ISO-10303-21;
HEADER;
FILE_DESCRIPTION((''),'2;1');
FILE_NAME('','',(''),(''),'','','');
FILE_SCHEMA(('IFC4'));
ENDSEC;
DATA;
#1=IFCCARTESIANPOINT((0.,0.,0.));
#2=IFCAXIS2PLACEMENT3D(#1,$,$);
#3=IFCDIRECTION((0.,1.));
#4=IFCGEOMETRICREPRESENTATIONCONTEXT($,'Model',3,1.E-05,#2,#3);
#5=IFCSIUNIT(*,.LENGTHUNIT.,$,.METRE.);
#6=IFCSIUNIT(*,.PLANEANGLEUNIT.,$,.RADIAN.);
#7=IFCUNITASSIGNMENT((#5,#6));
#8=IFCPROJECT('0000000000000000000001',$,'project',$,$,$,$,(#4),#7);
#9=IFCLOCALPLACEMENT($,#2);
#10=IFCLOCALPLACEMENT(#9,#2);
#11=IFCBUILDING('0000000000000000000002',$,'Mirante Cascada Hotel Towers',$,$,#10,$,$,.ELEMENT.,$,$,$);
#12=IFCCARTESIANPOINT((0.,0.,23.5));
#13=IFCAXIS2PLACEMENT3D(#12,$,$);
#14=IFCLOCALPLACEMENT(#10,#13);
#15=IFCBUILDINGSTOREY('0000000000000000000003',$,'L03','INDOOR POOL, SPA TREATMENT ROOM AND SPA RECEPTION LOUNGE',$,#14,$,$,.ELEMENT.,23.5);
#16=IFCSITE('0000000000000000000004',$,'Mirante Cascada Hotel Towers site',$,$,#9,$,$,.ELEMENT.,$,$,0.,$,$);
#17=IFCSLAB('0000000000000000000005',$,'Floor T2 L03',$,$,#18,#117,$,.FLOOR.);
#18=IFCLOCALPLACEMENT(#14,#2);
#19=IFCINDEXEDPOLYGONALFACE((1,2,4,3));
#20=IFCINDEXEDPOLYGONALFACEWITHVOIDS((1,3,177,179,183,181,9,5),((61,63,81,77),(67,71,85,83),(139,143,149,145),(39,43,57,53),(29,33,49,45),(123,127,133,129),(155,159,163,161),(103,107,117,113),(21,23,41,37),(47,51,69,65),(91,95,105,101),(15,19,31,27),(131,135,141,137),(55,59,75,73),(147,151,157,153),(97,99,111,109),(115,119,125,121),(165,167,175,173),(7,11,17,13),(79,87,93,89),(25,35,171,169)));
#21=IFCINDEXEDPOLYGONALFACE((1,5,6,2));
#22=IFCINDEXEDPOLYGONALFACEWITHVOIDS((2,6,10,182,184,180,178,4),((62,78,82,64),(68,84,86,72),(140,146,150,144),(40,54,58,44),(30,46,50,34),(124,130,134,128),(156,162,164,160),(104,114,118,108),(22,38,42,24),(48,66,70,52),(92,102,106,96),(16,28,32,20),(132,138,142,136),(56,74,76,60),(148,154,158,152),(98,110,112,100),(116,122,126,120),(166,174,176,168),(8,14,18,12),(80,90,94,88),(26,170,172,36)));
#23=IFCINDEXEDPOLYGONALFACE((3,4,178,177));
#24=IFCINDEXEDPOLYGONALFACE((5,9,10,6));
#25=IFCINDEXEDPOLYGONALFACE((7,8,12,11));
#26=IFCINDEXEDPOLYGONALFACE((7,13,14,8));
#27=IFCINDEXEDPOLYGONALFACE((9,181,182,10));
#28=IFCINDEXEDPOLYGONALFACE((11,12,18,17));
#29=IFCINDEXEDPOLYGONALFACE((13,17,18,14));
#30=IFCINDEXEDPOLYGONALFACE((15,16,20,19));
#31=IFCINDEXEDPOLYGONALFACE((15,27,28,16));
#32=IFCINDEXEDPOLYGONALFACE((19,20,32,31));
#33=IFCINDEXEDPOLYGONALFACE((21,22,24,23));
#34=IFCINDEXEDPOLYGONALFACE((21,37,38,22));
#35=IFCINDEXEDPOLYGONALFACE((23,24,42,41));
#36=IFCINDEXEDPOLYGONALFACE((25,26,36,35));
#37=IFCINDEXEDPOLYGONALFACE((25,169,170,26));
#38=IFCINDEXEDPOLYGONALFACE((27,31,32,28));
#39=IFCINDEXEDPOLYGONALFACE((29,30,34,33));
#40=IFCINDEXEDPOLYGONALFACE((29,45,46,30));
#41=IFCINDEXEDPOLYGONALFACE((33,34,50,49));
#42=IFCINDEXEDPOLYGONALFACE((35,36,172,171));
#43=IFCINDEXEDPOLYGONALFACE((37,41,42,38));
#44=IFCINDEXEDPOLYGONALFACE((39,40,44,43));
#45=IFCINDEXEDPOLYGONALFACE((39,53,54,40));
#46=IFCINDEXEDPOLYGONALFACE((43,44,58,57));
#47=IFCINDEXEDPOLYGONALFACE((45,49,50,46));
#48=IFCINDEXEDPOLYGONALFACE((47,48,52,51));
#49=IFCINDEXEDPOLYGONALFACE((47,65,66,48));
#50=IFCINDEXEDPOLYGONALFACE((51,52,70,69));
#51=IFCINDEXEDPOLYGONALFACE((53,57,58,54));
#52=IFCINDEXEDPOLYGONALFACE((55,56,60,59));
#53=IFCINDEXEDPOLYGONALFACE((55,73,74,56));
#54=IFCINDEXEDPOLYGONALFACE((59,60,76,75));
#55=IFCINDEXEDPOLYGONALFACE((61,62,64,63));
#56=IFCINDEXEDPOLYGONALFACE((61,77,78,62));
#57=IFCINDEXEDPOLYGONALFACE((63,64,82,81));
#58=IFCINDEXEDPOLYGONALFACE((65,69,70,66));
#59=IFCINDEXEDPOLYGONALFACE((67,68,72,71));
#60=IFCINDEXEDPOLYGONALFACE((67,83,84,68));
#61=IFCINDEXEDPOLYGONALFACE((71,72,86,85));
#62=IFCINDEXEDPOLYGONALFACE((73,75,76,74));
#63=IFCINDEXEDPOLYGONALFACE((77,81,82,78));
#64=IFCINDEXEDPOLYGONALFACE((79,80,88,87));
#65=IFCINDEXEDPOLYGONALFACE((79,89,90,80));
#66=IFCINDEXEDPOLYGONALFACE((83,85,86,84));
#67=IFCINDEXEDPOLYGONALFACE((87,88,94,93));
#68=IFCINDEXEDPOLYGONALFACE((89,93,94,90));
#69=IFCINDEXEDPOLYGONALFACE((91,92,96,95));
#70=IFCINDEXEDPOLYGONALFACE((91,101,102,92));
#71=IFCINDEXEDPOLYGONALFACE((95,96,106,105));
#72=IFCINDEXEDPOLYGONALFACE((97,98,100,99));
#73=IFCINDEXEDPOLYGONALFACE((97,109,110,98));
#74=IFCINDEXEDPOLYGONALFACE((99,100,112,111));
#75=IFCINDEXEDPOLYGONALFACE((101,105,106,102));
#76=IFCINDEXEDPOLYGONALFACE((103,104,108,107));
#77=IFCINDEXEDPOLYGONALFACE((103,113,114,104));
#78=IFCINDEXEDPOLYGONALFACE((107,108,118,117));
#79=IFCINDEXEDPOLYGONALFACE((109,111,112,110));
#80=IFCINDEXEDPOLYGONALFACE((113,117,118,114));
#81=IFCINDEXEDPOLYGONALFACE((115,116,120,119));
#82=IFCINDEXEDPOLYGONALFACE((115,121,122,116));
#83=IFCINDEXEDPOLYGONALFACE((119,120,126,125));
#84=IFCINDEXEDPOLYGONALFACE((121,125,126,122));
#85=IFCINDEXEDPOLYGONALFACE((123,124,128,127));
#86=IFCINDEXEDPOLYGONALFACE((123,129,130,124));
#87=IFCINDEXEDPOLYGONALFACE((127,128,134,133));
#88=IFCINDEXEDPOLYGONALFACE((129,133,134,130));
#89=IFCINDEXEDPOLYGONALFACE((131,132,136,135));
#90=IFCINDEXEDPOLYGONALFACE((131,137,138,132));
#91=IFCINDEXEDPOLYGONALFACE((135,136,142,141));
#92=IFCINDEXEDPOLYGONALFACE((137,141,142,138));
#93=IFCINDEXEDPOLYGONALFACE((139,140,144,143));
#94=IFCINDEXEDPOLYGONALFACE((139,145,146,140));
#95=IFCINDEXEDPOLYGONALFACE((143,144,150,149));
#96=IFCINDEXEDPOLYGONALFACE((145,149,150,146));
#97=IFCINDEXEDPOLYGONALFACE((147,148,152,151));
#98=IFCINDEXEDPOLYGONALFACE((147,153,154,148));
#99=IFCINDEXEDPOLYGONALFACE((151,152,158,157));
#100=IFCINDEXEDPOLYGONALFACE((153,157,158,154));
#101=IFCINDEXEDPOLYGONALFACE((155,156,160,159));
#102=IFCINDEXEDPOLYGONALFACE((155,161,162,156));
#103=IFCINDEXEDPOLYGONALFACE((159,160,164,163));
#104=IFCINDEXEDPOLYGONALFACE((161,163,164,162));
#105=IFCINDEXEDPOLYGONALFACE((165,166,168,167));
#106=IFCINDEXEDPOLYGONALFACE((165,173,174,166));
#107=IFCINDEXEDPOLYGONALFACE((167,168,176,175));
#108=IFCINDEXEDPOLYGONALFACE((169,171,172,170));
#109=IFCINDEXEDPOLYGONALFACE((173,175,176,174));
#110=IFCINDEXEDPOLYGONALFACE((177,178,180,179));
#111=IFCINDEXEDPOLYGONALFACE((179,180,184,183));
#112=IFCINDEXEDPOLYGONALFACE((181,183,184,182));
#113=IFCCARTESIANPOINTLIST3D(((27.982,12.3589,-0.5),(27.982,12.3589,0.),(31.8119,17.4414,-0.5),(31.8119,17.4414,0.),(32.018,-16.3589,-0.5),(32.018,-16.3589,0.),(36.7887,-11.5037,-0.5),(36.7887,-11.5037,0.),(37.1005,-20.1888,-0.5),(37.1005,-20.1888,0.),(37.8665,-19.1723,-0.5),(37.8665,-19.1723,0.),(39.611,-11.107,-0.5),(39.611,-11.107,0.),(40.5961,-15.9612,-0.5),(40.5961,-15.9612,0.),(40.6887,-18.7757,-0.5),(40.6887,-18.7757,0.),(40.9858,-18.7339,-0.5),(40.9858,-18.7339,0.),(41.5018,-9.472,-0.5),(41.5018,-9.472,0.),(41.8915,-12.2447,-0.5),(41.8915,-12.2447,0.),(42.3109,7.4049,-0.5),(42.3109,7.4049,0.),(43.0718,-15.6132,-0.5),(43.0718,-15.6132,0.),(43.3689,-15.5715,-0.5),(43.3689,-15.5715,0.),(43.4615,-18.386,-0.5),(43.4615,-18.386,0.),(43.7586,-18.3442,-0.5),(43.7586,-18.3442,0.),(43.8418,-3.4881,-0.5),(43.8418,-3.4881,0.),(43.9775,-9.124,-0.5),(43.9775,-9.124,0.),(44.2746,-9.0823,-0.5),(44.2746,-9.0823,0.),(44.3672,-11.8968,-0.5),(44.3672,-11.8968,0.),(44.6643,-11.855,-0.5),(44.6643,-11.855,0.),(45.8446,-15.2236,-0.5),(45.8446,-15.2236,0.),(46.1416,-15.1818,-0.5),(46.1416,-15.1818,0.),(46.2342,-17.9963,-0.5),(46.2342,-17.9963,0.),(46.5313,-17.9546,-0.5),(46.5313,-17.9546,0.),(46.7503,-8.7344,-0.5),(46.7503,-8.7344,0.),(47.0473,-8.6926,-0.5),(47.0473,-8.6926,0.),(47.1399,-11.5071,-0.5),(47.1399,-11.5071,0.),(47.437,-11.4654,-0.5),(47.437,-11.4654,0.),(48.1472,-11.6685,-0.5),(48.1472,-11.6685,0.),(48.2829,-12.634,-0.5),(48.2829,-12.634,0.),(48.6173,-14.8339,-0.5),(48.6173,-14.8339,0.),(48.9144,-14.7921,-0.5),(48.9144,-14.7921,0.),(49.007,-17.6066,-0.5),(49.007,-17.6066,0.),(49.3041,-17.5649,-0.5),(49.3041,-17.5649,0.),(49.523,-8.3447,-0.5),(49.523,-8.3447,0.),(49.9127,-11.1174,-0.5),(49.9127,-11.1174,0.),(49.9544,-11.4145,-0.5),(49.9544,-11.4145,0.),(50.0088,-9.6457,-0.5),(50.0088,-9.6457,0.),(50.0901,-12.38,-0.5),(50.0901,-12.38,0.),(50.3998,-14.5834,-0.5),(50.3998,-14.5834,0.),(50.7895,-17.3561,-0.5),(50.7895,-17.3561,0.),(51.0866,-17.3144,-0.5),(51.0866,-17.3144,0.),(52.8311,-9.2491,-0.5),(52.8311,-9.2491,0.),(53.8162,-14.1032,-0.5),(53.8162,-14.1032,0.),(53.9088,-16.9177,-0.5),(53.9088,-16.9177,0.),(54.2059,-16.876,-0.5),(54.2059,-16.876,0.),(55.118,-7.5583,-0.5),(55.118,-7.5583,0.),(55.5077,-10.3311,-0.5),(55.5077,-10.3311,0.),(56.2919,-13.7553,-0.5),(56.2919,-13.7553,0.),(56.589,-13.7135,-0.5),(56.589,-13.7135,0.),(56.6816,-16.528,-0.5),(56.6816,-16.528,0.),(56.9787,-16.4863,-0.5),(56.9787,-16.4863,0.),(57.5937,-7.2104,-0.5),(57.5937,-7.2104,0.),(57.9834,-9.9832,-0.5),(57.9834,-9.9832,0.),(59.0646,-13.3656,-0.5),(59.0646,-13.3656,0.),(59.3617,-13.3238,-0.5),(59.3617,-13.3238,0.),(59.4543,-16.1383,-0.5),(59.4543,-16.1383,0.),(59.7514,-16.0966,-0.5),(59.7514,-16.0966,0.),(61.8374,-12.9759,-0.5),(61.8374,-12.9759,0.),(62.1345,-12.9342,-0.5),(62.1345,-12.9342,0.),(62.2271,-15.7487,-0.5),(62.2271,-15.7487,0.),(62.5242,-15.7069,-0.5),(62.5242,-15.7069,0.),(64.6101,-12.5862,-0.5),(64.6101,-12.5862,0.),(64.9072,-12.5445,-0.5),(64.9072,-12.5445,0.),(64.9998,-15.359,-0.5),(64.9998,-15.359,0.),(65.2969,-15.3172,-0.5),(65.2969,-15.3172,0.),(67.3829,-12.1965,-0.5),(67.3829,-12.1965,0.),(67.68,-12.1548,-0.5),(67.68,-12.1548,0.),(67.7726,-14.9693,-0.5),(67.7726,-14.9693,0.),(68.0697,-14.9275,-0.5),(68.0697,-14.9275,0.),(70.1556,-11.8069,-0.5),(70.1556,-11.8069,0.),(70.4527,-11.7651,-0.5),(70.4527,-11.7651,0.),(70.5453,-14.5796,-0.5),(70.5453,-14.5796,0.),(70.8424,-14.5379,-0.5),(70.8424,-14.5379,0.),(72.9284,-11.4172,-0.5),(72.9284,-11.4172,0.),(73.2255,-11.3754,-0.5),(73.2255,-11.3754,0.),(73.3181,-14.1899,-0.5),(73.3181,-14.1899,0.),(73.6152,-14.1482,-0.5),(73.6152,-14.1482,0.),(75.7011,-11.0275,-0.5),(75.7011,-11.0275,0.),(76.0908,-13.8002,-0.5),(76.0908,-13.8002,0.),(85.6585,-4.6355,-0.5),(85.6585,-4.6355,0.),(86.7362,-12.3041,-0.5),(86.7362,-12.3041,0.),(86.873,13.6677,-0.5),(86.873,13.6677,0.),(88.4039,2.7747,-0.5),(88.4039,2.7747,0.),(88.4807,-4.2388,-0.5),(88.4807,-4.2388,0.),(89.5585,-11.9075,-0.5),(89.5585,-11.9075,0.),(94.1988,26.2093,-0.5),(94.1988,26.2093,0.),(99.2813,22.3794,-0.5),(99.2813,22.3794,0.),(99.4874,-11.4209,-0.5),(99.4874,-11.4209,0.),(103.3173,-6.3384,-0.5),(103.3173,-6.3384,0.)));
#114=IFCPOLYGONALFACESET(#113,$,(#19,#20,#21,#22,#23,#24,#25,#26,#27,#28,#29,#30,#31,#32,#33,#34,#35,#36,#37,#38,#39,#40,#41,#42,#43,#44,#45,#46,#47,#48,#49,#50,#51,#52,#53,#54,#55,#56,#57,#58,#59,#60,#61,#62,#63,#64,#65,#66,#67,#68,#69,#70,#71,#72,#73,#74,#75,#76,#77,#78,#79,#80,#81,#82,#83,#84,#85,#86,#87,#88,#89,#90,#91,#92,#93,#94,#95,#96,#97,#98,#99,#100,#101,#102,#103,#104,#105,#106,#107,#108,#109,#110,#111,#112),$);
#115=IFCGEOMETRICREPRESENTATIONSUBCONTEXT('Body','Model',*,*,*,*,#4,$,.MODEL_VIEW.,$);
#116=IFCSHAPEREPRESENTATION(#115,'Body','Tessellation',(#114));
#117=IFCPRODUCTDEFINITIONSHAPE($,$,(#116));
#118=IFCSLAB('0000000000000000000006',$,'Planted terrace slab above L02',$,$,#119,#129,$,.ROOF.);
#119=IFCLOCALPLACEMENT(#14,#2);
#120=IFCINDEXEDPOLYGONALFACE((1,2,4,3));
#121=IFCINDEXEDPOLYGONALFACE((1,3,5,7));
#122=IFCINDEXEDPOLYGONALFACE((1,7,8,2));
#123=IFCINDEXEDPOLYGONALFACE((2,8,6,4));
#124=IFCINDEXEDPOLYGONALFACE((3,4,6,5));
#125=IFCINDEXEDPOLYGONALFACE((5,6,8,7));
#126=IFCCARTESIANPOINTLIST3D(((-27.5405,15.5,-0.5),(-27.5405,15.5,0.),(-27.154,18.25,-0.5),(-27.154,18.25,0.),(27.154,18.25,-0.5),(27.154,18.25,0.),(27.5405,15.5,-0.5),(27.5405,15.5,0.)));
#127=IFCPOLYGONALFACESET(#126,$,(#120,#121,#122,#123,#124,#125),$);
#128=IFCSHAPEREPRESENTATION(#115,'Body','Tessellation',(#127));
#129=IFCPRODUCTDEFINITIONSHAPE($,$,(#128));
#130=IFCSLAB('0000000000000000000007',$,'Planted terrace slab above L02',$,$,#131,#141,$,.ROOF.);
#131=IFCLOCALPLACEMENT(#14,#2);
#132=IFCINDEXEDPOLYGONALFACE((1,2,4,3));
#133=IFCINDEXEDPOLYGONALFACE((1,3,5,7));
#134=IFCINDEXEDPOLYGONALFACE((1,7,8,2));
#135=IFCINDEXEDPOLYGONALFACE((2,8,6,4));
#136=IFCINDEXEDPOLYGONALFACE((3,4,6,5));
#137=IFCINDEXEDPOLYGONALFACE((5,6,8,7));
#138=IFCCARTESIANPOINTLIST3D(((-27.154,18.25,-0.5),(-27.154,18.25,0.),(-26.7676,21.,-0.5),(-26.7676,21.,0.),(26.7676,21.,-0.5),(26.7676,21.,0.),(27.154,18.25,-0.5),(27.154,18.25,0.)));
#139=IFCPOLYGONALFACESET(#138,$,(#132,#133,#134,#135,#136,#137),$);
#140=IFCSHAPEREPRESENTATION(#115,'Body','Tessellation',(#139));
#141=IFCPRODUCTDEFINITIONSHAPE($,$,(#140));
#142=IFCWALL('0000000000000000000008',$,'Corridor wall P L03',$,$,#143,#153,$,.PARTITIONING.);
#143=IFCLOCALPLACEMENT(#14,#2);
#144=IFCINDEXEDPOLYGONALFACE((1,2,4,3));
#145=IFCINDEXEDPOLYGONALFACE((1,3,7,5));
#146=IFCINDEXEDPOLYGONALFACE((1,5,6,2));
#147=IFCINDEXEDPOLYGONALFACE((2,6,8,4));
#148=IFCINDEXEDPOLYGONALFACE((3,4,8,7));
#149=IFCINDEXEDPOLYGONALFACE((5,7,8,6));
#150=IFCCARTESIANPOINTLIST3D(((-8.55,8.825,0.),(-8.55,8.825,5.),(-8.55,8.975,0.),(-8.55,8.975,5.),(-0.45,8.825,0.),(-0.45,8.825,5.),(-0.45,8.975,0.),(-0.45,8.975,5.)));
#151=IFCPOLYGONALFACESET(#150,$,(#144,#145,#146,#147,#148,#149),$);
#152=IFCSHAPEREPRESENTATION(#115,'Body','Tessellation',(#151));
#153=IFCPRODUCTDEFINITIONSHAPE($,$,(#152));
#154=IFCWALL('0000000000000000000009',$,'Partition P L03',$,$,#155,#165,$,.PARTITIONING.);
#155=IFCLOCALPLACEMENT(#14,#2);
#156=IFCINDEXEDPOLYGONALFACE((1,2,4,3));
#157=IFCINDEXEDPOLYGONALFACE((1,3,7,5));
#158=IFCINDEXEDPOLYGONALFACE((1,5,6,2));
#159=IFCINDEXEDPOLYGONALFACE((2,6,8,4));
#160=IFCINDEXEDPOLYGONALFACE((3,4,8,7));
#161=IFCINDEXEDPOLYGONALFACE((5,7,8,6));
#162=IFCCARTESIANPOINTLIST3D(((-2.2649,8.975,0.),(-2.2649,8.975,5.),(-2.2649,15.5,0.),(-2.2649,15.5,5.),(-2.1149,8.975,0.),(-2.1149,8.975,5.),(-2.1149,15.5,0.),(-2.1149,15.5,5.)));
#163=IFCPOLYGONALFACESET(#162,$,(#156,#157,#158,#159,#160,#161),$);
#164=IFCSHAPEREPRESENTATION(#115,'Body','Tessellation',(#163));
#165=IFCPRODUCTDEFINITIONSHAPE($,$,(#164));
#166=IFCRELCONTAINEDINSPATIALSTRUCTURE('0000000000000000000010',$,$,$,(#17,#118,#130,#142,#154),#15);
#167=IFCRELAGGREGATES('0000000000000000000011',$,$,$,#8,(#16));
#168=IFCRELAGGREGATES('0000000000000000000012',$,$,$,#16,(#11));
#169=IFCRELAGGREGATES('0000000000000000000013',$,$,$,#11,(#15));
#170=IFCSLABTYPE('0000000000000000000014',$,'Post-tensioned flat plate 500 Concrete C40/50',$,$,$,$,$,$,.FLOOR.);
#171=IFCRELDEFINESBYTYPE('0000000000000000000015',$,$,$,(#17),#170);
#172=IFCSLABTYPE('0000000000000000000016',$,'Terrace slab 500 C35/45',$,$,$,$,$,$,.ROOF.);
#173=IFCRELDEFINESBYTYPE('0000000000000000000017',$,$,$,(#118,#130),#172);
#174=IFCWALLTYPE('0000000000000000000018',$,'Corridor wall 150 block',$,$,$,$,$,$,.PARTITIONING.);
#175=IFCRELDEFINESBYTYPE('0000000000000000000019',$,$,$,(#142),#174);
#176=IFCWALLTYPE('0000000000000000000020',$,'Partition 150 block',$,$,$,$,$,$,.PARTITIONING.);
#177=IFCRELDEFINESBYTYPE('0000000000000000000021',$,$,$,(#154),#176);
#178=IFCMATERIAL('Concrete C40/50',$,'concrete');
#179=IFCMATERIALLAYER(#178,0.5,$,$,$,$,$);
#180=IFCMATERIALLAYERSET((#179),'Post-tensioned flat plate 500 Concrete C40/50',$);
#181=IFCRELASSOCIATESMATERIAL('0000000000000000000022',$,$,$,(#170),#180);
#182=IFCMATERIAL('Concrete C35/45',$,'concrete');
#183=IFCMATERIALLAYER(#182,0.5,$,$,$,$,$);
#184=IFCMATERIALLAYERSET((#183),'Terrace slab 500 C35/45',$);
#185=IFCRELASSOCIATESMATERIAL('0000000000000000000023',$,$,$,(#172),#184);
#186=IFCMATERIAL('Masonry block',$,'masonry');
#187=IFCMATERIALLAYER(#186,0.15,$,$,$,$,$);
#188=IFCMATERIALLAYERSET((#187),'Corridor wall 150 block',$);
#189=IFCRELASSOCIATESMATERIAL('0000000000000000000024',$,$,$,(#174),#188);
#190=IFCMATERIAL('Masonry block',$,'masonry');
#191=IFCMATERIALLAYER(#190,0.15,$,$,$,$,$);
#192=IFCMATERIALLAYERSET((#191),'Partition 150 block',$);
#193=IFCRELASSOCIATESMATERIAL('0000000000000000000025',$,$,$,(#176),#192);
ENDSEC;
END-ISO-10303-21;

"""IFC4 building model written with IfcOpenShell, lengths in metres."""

from ifc_helpers import new_model, si_unit, direction, frame, frame_2d, origin, place, context, subcontext, project, spatial, polyline, rectangle, outline, extrude, material, layer, layer_set, type_object, element, save


model = new_model("IFC4")

# Units and contexts
model_context = context("Model", 3, precision=1e-05, world=origin(), true_north=direction((0.0, 1.0)))
body_context = subcontext(model_context, "Body", "Model", "MODEL_VIEW")
ifc_project = project(units=[si_unit("LENGTHUNIT", "METRE"), si_unit("PLANEANGLEUNIT", "RADIAN")], contexts=[model_context])

# Site, building, storey
site_placement = place(None, origin())
site = spatial("IfcSite", under=ifc_project, at=site_placement, Name="Mirante Cascada Hotel Towers site", CompositionType="ELEMENT", RefElevation=0.0)
building_placement = place(site_placement, origin())
building = spatial("IfcBuilding", under=site, at=building_placement, Name="Mirante Cascada Hotel Towers", CompositionType="ELEMENT")
storey_placement = place(building_placement, frame((0.0, 0.0, 23.5)))
storey = spatial("IfcBuildingStorey", under=building, at=storey_placement, Name="L03", Description="INDOOR POOL, SPA TREATMENT ROOM AND SPA RECEPTION LOUNGE", CompositionType="ELEMENT", Elevation=23.5)

# Slabs
ifc_material_1 = material(Name="Concrete C40/50", Category="concrete")
ifc_layer_1 = layer(ifc_material_1, 0.5)
ifc_layer_set_1 = layer_set([ifc_layer_1], Name="Post-tensioned flat plate 500 Concrete C40/50")
slab_type_1 = type_object("IfcSlabType", Name="Post-tensioned flat plate 500 Concrete C40/50", PredefinedType="FLOOR", material=ifc_layer_set_1)
slab_1_placement = place(storey_placement, frame((0.0, 0.0, -0.5)))
element("IfcSlab", 1, at=slab_1_placement, inside=storey, type_object=slab_type_1, Name="Floor T2 L03", PredefinedType="FLOOR", context=body_context, shape_type="SweptSolid", body=[
    extrude(outline(polyline([(32.018, -16.3589), (27.982, 12.3589), (31.8119, 17.4414), (94.1988, 26.2093), (99.2813, 22.3794), (103.3173, -6.3384), (99.4874, -11.4209), (37.1005, -20.1888), (32.018, -16.3589)]), holes=[polyline([(43.0718, -15.6132), (40.5961, -15.9612), (40.9858, -18.7339), (43.4615, -18.386), (43.0718, -15.6132)]), polyline([(45.8446, -15.2236), (43.3689, -15.5715), (43.7586, -18.3442), (46.2342, -17.9963), (45.8446, -15.2236)]), polyline([(48.6173, -14.8339), (46.1416, -15.1818), (46.5313, -17.9546), (49.007, -17.6066), (48.6173, -14.8339)]), polyline([(50.7895, -17.3561), (50.3998, -14.5834), (48.9144, -14.7921), (49.3041, -17.5649), (50.7895, -17.3561)]), polyline([(56.6816, -16.528), (56.2919, -13.7553), (53.8162, -14.1032), (54.2059, -16.876), (56.6816, -16.528)]), polyline([(37.8665, -19.1723), (40.6887, -18.7757), (39.611, -11.107), (36.7887, -11.5037), (37.8665, -19.1723)]), polyline([(51.0866, -17.3144), (53.9088, -16.9177), (52.8311, -9.2491), (50.0088, -9.6457), (51.0866, -17.3144)]), polyline([(49.9544, -11.4145), (48.1472, -11.6685), (48.2829, -12.634), (50.0901, -12.38), (49.9544, -11.4145)]), polyline([(44.3672, -11.8968), (43.9775, -9.124), (41.5018, -9.472), (41.8915, -12.2447), (44.3672, -11.8968)]), polyline([(47.1399, -11.5071), (46.7503, -8.7344), (44.2746, -9.0823), (44.6643, -11.855), (47.1399, -11.5071)]), polyline([(49.523, -8.3447), (47.0473, -8.6926), (47.437, -11.4654), (49.9127, -11.1174), (49.523, -8.3447)]), polyline([(59.0646, -13.3656), (56.589, -13.7135), (56.9787, -16.4863), (59.4543, -16.1383), (59.0646, -13.3656)]), polyline([(61.8374, -12.9759), (59.3617, -13.3238), (59.7514, -16.0966), (62.2271, -15.7487), (61.8374, -12.9759)]), polyline([(64.9998, -15.359), (64.6101, -12.5862), (62.1345, -12.9342), (62.5242, -15.7069), (64.9998, -15.359)]), polyline([(67.7726, -14.9693), (67.3829, -12.1965), (64.9072, -12.5445), (65.2969, -15.3172), (67.7726, -14.9693)]), polyline([(70.1556, -11.8069), (67.68, -12.1548), (68.0697, -14.9275), (70.5453, -14.5796), (70.1556, -11.8069)]), polyline([(73.3181, -14.1899), (72.9284, -11.4172), (70.4527, -11.7651), (70.8424, -14.5379), (73.3181, -14.1899)]), polyline([(76.0908, -13.8002), (75.7011, -11.0275), (73.2255, -11.3754), (73.6152, -14.1482), (76.0908, -13.8002)]), polyline([(86.7362, -12.3041), (89.5585, -11.9075), (88.4807, -4.2388), (85.6585, -4.6355), (86.7362, -12.3041)]), polyline([(57.9834, -9.9832), (57.5937, -7.2104), (55.118, -7.5583), (55.5077, -10.3311), (57.9834, -9.9832)]), polyline([(88.4039, 2.7747), (86.873, 13.6677), (42.3109, 7.4049), (43.8418, -3.4881), (88.4039, 2.7747)])]), origin(), (0.0, 0.0, 1.0), 0.5),
])
ifc_material_2 = material(Name="Concrete C35/45", Category="concrete")
ifc_layer_2 = layer(ifc_material_2, 0.5)
ifc_layer_set_2 = layer_set([ifc_layer_2], Name="Terrace slab 500 C35/45")
slab_type_2 = type_object("IfcSlabType", Name="Terrace slab 500 C35/45", PredefinedType="ROOF", material=ifc_layer_set_2)
slab_2_placement = place(storey_placement, frame((0.0, 0.0, -0.5)))
element("IfcSlab", 2, at=slab_2_placement, inside=storey, type_object=slab_type_2, Name="Planted terrace slab above L02", PredefinedType="ROOF", context=body_context, shape_type="SweptSolid", body=[
    extrude(outline(polyline([(27.5405, 15.5), (-27.5405, 15.5), (-27.154, 18.25), (27.154, 18.25), (27.5405, 15.5)])), origin(), (0.0, 0.0, 1.0), 0.5),
])
slab_3_placement = place(storey_placement, frame((0.0, 0.0, -0.5)))
element("IfcSlab", 3, at=slab_3_placement, inside=storey, type_object=slab_type_2, Name="Planted terrace slab above L02", PredefinedType="ROOF", context=body_context, shape_type="SweptSolid", body=[
    extrude(outline(polyline([(26.7676, 21.0), (27.154, 18.25), (-27.154, 18.25), (-26.7676, 21.0), (26.7676, 21.0)])), origin(), (0.0, 0.0, 1.0), 0.5),
])

# Walls
ifc_material_3 = material(Name="Masonry block", Category="masonry")
ifc_layer_3 = layer(ifc_material_3, 0.15)
ifc_layer_set_3 = layer_set([ifc_layer_3], Name="Corridor wall 150 block")
wall_type_1 = type_object("IfcWallType", Name="Corridor wall 150 block", PredefinedType="PARTITIONING", material=ifc_layer_set_3)
wall_1_placement = place(storey_placement, frame((-8.55, 8.9, 0.0), z_axis=(0.0, 0.0, 1.0), x_axis=(1.0, 0.0, 0.0)))
element("IfcWall", 4, at=wall_1_placement, inside=storey, type_object=wall_type_1, Name="Corridor wall P L03", PredefinedType="PARTITIONING", context=body_context, shape_type="SweptSolid", body=[
    extrude(rectangle(XDim=8.1, YDim=0.15, at=frame_2d((4.05, 0.0))), origin(), (0.0, 0.0, 1.0), 5.0),
])
ifc_material_4 = material(Name="Masonry block", Category="masonry")
ifc_layer_4 = layer(ifc_material_4, 0.15)
ifc_layer_set_4 = layer_set([ifc_layer_4], Name="Partition 150 block")
wall_type_2 = type_object("IfcWallType", Name="Partition 150 block", PredefinedType="PARTITIONING", material=ifc_layer_set_4)
wall_2_placement = place(storey_placement, frame((-2.1899, 8.975, 0.0), z_axis=(0.0, 0.0, 1.0), x_axis=(0.0, 1.0, 0.0)))
element("IfcWall", 5, at=wall_2_placement, inside=storey, type_object=wall_type_2, Name="Partition P L03", PredefinedType="PARTITIONING", context=body_context, shape_type="SweptSolid", body=[
    extrude(rectangle(XDim=6.525, YDim=0.15, at=frame_2d((3.2625, 0.0))), origin(), (0.0, 0.0, 1.0), 5.0),
])

save(model, "model.ifc")
